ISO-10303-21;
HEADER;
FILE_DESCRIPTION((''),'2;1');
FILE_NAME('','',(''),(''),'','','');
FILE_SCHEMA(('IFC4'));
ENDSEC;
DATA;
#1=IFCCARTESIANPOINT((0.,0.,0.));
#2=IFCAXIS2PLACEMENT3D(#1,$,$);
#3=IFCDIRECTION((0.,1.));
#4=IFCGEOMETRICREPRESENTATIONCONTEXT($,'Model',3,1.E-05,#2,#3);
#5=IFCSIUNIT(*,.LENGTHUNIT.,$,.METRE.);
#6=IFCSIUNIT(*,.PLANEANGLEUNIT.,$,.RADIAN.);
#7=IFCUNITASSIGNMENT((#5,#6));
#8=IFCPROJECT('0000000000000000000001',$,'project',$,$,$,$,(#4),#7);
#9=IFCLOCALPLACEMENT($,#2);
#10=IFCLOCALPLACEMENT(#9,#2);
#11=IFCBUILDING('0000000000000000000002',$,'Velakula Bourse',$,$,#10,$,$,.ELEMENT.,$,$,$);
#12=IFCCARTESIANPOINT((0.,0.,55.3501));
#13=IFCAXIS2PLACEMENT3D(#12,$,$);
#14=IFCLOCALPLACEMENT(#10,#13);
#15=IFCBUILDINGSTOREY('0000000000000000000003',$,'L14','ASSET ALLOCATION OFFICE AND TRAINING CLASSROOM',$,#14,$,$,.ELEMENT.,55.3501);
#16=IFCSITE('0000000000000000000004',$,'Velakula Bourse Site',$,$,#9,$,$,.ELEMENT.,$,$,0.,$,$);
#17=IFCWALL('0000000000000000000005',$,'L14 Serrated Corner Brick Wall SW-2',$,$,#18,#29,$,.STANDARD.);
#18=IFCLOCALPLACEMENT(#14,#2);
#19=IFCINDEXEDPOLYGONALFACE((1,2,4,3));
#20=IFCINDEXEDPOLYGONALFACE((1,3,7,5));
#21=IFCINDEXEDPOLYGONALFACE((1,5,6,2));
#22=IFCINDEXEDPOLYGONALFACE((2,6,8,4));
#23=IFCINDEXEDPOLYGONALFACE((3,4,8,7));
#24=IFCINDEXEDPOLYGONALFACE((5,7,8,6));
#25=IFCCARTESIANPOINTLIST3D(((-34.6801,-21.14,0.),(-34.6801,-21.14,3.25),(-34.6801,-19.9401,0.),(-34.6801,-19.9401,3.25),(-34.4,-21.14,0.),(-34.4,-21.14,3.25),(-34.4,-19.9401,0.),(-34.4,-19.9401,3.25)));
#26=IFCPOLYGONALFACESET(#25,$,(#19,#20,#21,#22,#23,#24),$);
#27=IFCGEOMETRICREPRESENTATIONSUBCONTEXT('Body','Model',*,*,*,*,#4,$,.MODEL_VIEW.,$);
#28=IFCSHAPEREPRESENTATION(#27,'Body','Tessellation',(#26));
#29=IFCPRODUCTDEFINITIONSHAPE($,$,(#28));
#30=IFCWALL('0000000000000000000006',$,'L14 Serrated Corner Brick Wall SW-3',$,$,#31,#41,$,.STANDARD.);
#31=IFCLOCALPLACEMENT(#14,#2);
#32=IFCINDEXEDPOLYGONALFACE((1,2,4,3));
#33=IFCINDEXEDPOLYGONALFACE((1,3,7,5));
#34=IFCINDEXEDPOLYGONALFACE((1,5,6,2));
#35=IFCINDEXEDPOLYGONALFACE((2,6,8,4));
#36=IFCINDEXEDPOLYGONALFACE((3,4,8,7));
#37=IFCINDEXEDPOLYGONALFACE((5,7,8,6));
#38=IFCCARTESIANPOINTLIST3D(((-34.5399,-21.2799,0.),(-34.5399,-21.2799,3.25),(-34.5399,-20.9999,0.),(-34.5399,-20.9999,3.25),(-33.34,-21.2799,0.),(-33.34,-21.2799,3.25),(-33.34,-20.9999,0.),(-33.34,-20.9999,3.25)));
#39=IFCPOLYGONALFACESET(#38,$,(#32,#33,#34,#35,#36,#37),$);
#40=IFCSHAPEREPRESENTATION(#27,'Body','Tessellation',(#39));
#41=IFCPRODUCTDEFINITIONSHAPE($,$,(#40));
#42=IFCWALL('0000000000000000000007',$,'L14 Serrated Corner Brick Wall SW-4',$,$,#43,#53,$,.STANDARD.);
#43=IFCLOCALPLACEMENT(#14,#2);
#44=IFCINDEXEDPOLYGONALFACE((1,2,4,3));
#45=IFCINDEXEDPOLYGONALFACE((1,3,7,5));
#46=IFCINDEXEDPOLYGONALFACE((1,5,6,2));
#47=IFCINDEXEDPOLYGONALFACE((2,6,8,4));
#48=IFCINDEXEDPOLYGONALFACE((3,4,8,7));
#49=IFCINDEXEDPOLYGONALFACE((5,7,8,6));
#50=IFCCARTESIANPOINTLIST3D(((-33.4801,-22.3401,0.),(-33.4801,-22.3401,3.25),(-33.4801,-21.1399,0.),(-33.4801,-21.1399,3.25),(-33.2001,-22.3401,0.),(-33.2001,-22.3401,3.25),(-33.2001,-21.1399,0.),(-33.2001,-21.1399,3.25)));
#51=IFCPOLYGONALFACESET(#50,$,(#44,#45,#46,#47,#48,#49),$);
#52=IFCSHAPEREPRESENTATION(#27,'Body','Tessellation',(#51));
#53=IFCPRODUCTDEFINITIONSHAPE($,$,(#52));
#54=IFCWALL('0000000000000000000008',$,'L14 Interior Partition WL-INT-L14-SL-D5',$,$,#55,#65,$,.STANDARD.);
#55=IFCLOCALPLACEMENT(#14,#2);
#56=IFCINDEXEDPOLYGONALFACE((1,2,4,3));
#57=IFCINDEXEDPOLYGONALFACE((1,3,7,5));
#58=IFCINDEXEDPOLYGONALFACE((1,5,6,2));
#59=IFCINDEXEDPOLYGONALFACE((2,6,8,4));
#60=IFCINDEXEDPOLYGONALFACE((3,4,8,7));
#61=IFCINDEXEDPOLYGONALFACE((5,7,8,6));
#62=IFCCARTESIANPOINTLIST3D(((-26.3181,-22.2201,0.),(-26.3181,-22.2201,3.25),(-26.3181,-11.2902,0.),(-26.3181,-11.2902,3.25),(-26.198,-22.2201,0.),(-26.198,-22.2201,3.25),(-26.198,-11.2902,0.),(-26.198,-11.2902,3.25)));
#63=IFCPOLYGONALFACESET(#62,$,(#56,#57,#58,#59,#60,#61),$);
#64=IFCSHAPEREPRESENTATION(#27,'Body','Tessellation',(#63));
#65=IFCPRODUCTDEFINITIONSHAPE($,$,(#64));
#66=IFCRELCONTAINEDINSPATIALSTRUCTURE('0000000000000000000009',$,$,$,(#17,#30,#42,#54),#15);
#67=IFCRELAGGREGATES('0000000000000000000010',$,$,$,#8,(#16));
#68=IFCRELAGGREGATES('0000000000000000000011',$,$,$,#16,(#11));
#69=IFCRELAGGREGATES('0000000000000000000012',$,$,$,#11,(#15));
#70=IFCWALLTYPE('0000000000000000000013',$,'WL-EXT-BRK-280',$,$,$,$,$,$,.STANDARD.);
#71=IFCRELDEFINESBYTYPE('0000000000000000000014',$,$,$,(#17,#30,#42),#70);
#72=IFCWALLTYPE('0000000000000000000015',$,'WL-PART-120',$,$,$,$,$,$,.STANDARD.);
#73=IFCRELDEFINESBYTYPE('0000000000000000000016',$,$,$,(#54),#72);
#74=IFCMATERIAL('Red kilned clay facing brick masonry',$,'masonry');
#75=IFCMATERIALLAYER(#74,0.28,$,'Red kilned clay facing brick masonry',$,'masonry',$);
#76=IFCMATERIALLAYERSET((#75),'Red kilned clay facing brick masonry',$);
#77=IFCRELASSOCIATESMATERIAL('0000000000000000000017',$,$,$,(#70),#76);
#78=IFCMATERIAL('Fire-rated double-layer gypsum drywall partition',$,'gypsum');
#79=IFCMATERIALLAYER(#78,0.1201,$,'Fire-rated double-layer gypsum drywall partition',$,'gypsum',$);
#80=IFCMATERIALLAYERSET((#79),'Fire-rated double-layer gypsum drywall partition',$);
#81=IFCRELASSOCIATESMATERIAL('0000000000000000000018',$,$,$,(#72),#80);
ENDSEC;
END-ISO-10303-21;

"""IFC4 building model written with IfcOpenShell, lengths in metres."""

from ifc_helpers import new_model, si_unit, direction, frame, frame_2d, origin, place, context, subcontext, project, spatial, rectangle, extrude, material, layer, layer_set, type_object, element, save


model = new_model("IFC4")

# Units and contexts
model_context = context("Model", 3, precision=1e-05, world=origin(), true_north=direction((0.0, 1.0)))
body_context = subcontext(model_context, "Body", "Model", "MODEL_VIEW")
ifc_project = project(units=[si_unit("LENGTHUNIT", "METRE"), si_unit("PLANEANGLEUNIT", "RADIAN")], contexts=[model_context])

# Site, building, storey
site_placement = place(None, origin())
site = spatial("IfcSite", under=ifc_project, at=site_placement, Name="Velakula Bourse Site", CompositionType="ELEMENT", RefElevation=0.0)
building_placement = place(site_placement, origin())
building = spatial("IfcBuilding", under=site, at=building_placement, Name="Velakula Bourse", CompositionType="ELEMENT")
storey_placement = place(building_placement, frame((0.0, 0.0, 55.3501)))
storey = spatial("IfcBuildingStorey", under=building, at=storey_placement, Name="L14", Description="ASSET ALLOCATION OFFICE AND TRAINING CLASSROOM", CompositionType="ELEMENT", Elevation=55.3501)

# Shared definitions
ifc_material_1 = material(Name="Red kilned clay facing brick masonry", Category="masonry")
ifc_layer_1 = layer(ifc_material_1, 0.28, Name="Red kilned clay facing brick masonry", Category="masonry")
ifc_layer_set_1 = layer_set([ifc_layer_1], Name="Red kilned clay facing brick masonry")
wall_type_1 = type_object("IfcWallType", Name="WL-EXT-BRK-280", PredefinedType="STANDARD", material=ifc_layer_set_1)

# Walls
for number, where, z_axis, x_axis, name in (
    (1, (-34.54, -19.9399, 0.0), (0.0, 0.0, 1.0), (0.0, -1.0, 0.0), "L14 Serrated Corner Brick Wall SW-2"),
    (2, (-34.54, -21.1399, 0.0), (0.0, 0.0, 1.0), (1.0, 0.0, 0.0), "L14 Serrated Corner Brick Wall SW-3"),
):
    element("IfcWall", number, at=place(storey_placement, frame(where, z_axis=z_axis, x_axis=x_axis)), inside=storey, type_object=wall_type_1, Name=name, PredefinedType="STANDARD", context=body_context, shape_type="SweptSolid", body=[
        extrude(rectangle(XDim=1.2, YDim=0.28, at=frame_2d((0.6001, 0.0))), origin(), (0.0, 0.0, 1.0), 3.25),
    ])
wall_1_placement = place(storey_placement, frame((-33.3401, -21.1399, 0.0), z_axis=(0.0, 0.0, 1.0), x_axis=(0.0, -1.0, 0.0)))
element("IfcWall", 3, at=wall_1_placement, inside=storey, type_object=wall_type_1, Name="L14 Serrated Corner Brick Wall SW-4", PredefinedType="STANDARD", context=body_context, shape_type="SweptSolid", body=[
    extrude(rectangle(XDim=1.2002, YDim=0.28, at=frame_2d((0.6001, 0.0))), origin(), (0.0, 0.0, 1.0), 3.25),
])
ifc_material_2 = material(Name="Fire-rated double-layer gypsum drywall partition", Category="gypsum")
ifc_layer_2 = layer(ifc_material_2, 0.1201, Name="Fire-rated double-layer gypsum drywall partition", Category="gypsum")
ifc_layer_set_2 = layer_set([ifc_layer_2], Name="Fire-rated double-layer gypsum drywall partition")
wall_type_2 = type_object("IfcWallType", Name="WL-PART-120", PredefinedType="STANDARD", material=ifc_layer_set_2)
wall_2_placement = place(storey_placement, frame((-26.2581, -22.22, 0.0), z_axis=(0.0, 0.0, 1.0), x_axis=(0.0, 1.0, 0.0)))
element("IfcWall", 4, at=wall_2_placement, inside=storey, type_object=wall_type_2, Name="L14 Interior Partition WL-INT-L14-SL-D5", PredefinedType="STANDARD", context=body_context, shape_type="SweptSolid", body=[
    extrude(rectangle(XDim=10.9299, YDim=0.1201, at=frame_2d((5.4648, 0.0))), origin(), (0.0, 0.0, 1.0), 3.25),
])

save(model, "model.ifc")
